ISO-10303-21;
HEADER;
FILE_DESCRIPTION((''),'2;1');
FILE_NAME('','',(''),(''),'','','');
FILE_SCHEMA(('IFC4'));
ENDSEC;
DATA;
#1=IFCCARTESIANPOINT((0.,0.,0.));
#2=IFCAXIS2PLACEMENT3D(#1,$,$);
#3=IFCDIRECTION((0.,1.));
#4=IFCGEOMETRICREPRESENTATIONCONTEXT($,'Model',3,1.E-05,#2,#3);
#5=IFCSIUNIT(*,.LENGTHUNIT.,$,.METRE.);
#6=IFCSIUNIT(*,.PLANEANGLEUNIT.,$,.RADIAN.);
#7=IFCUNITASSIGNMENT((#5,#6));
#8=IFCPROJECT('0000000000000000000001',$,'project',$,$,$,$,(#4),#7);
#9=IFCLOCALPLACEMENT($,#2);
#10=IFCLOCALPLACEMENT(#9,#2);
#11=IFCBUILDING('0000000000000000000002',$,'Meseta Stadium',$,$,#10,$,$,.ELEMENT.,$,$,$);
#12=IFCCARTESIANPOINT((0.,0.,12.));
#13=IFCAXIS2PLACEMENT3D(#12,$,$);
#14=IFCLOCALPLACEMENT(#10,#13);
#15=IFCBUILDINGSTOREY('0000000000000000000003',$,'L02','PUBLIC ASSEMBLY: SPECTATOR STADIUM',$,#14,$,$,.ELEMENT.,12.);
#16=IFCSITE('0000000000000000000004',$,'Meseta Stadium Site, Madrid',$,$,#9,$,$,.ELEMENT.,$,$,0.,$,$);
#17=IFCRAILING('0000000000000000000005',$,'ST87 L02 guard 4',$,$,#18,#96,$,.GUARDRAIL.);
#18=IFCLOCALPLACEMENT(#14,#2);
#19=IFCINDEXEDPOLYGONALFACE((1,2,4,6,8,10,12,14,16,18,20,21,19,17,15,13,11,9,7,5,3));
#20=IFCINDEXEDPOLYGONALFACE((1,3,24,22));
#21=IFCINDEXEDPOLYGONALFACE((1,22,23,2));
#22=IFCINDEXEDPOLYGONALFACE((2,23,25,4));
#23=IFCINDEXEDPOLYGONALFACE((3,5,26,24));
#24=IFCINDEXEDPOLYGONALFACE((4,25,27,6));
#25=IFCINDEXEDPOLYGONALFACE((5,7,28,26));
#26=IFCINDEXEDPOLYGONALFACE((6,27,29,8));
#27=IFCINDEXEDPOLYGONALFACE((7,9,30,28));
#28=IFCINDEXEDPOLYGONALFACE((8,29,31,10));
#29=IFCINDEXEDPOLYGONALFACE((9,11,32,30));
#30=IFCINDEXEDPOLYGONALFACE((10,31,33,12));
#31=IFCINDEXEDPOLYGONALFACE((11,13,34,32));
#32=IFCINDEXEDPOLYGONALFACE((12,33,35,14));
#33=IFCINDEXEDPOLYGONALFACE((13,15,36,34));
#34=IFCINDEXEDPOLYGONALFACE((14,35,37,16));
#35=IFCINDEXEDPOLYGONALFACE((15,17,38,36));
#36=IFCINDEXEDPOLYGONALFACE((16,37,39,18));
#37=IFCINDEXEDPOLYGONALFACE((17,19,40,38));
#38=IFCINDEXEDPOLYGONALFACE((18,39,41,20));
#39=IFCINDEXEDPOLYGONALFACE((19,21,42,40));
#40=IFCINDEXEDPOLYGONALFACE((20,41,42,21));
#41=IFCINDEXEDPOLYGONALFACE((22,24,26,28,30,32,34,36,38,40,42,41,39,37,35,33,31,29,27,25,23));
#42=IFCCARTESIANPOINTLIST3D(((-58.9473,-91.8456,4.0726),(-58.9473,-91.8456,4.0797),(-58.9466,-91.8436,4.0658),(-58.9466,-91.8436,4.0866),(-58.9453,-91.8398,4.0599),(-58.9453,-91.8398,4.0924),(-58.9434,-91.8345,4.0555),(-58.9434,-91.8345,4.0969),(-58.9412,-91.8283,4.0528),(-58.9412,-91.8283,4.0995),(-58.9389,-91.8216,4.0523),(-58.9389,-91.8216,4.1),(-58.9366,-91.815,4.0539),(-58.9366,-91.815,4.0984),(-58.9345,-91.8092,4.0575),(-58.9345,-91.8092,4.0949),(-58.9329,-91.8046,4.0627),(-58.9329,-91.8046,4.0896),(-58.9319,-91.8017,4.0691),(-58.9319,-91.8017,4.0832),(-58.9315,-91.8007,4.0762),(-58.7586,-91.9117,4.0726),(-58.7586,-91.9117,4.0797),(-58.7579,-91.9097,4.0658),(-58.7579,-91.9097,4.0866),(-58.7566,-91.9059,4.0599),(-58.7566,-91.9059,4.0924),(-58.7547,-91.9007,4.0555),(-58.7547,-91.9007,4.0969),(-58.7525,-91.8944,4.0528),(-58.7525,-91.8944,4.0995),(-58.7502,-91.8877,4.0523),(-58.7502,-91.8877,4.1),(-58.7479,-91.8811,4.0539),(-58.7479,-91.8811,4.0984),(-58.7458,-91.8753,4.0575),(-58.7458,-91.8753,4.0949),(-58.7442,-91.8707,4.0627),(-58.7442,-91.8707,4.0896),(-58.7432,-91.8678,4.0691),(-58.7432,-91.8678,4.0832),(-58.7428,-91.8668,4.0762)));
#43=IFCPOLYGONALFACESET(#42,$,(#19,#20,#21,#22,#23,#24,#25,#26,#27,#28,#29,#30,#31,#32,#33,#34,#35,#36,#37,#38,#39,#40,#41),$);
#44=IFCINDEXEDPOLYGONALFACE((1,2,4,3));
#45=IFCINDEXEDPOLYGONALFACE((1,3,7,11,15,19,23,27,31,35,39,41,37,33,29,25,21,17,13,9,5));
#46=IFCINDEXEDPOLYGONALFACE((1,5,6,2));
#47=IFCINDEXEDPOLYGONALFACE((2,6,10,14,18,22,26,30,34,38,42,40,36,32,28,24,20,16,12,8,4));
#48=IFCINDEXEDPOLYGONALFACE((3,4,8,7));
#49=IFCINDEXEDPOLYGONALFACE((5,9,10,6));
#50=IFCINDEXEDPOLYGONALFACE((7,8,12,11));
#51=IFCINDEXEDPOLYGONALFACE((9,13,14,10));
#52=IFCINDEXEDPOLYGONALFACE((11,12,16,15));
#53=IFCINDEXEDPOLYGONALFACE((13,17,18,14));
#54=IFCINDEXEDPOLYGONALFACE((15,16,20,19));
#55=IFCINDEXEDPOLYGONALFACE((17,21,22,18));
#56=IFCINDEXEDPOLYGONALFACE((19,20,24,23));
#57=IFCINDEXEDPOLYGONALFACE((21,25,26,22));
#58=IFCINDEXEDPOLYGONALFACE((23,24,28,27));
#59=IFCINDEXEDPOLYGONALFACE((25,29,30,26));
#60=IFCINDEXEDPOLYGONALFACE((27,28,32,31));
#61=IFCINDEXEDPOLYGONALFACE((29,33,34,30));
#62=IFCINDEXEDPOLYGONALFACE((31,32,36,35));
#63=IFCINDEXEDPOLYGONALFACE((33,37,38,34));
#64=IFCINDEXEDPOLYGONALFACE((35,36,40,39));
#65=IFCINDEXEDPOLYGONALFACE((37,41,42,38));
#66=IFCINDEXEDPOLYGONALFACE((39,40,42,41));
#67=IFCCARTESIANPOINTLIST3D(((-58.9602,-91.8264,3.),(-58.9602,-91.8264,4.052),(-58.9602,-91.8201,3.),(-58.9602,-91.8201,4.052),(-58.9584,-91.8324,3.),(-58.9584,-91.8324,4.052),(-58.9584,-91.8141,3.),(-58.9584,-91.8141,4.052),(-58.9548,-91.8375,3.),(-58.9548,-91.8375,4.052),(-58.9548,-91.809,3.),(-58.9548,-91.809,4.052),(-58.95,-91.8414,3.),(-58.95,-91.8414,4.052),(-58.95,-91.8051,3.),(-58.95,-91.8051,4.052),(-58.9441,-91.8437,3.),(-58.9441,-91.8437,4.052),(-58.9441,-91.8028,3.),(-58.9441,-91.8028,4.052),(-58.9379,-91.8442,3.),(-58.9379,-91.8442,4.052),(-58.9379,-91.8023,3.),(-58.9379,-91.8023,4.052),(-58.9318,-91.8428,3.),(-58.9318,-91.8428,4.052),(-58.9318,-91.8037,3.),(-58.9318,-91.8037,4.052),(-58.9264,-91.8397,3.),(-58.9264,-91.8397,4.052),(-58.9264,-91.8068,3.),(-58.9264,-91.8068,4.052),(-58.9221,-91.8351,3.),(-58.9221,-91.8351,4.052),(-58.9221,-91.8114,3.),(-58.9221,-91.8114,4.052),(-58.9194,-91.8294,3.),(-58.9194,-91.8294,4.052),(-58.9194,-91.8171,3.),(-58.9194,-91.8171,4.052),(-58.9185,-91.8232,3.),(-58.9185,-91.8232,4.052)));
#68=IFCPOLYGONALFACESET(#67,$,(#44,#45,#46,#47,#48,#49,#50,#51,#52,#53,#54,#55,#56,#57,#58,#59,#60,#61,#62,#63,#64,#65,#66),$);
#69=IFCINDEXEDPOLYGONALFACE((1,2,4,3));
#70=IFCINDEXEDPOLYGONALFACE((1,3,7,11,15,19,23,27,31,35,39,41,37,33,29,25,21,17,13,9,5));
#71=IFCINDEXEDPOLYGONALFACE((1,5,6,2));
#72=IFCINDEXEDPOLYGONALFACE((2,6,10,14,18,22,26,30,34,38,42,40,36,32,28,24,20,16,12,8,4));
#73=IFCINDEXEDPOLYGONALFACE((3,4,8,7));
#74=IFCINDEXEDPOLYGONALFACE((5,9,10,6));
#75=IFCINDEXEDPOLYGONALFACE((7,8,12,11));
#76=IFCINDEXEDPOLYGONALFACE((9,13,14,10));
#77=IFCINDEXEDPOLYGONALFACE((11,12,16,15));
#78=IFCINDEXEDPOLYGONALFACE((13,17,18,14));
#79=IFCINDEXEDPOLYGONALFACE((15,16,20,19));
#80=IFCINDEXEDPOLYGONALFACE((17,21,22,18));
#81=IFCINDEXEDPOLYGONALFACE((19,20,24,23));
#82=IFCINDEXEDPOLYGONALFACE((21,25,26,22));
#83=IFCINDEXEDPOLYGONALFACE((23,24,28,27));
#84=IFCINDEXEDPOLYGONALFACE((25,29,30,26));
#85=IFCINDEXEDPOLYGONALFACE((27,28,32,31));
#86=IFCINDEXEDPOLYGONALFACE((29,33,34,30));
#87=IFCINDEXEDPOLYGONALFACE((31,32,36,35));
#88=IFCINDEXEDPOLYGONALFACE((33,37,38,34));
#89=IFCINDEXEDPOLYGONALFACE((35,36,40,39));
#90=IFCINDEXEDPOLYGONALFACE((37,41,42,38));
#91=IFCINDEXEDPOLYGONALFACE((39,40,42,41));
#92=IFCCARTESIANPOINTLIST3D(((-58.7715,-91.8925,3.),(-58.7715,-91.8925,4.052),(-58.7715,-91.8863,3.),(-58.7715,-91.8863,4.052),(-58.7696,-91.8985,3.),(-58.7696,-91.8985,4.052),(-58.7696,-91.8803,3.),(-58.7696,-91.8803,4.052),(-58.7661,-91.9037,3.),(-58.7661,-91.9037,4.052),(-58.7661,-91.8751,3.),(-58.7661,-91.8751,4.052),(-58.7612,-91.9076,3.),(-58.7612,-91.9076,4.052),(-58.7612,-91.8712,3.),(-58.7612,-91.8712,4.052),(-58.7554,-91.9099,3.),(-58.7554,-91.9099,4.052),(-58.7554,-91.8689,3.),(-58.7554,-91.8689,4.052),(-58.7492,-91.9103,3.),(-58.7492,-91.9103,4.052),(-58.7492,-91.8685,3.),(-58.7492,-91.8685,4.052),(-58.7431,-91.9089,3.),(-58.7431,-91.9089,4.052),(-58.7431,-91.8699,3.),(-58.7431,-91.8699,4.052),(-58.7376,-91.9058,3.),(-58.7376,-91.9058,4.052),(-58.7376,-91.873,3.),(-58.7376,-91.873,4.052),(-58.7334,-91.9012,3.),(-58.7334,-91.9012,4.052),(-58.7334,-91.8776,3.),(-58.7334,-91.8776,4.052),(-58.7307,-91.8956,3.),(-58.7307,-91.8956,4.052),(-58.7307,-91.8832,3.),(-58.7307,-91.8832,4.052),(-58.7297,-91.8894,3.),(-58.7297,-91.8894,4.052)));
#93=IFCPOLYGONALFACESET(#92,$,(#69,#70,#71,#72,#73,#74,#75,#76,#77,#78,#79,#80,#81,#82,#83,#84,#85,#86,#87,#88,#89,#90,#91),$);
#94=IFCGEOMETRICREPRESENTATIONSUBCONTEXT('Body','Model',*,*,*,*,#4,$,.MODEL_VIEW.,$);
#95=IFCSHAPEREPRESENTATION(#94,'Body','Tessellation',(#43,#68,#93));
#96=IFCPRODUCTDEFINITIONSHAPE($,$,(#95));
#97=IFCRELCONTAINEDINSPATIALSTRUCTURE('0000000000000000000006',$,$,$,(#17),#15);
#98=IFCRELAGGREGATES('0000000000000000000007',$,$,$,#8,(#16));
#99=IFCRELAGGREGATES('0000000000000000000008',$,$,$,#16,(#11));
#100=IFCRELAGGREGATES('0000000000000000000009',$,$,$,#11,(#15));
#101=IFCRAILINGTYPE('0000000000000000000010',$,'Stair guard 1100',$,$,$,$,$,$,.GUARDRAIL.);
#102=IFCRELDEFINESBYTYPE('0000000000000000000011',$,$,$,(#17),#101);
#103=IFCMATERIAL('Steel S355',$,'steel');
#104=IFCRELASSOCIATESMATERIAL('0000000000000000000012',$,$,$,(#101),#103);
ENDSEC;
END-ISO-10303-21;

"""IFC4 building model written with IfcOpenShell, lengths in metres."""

from ifc_helpers import new_model, si_unit, direction, frame, origin, origin_2d, place, context, subcontext, project, spatial, circle, extrude, material, type_object, element, save


model = new_model("IFC4")

# Units and contexts
model_context = context("Model", 3, precision=1e-05, world=origin(), true_north=direction((0.0, 1.0)))
body_context = subcontext(model_context, "Body", "Model", "MODEL_VIEW")
ifc_project = project(units=[si_unit("LENGTHUNIT", "METRE"), si_unit("PLANEANGLEUNIT", "RADIAN")], contexts=[model_context])

# Site, building, storey
site_placement = place(None, origin())
site = spatial("IfcSite", under=ifc_project, at=site_placement, Name="Meseta Stadium Site, Madrid", CompositionType="ELEMENT", RefElevation=0.0)
building_placement = place(site_placement, origin())
building = spatial("IfcBuilding", under=site, at=building_placement, Name="Meseta Stadium", CompositionType="ELEMENT")
storey_placement = place(building_placement, frame((0.0, 0.0, 12.0)))
storey = spatial("IfcBuildingStorey", under=building, at=storey_placement, Name="L02", Description="PUBLIC ASSEMBLY: SPECTATOR STADIUM", CompositionType="ELEMENT", Elevation=12.0)

# Railing
ifc_material_1 = material(Name="Steel S355", Category="steel")
railing_type_1 = type_object("IfcRailingType", Name="Stair guard 1100", PredefinedType="GUARDRAIL", material=ifc_material_1)
railing_1_placement = place(storey_placement, frame((-58.9395, -91.8232, 3.0)))
element("IfcRailing", 1, at=railing_1_placement, inside=storey, type_object=railing_type_1, Name="ST87 L02 guard 4", PredefinedType="GUARDRAIL", context=body_context, shape_type="SweptSolid", body=[
    extrude(circle(Radius=0.0239, at=origin_2d()), frame((0.0, 0.0, 1.0762), z_axis=(0.943687, -0.33084, 0.0), x_axis=(0.33084, 0.943687, 0.0)), (0.0, 0.0, 1.0), 0.2),
    extrude(circle(Radius=0.021, at=origin_2d()), origin(), (0.0, 0.0, 1.0), 1.052),
    extrude(circle(Radius=0.021, at=origin_2d()), frame((0.1887, -0.0662, 0.0)), (0.0, 0.0, 1.0), 1.052),
])

save(model, "model.ifc")
